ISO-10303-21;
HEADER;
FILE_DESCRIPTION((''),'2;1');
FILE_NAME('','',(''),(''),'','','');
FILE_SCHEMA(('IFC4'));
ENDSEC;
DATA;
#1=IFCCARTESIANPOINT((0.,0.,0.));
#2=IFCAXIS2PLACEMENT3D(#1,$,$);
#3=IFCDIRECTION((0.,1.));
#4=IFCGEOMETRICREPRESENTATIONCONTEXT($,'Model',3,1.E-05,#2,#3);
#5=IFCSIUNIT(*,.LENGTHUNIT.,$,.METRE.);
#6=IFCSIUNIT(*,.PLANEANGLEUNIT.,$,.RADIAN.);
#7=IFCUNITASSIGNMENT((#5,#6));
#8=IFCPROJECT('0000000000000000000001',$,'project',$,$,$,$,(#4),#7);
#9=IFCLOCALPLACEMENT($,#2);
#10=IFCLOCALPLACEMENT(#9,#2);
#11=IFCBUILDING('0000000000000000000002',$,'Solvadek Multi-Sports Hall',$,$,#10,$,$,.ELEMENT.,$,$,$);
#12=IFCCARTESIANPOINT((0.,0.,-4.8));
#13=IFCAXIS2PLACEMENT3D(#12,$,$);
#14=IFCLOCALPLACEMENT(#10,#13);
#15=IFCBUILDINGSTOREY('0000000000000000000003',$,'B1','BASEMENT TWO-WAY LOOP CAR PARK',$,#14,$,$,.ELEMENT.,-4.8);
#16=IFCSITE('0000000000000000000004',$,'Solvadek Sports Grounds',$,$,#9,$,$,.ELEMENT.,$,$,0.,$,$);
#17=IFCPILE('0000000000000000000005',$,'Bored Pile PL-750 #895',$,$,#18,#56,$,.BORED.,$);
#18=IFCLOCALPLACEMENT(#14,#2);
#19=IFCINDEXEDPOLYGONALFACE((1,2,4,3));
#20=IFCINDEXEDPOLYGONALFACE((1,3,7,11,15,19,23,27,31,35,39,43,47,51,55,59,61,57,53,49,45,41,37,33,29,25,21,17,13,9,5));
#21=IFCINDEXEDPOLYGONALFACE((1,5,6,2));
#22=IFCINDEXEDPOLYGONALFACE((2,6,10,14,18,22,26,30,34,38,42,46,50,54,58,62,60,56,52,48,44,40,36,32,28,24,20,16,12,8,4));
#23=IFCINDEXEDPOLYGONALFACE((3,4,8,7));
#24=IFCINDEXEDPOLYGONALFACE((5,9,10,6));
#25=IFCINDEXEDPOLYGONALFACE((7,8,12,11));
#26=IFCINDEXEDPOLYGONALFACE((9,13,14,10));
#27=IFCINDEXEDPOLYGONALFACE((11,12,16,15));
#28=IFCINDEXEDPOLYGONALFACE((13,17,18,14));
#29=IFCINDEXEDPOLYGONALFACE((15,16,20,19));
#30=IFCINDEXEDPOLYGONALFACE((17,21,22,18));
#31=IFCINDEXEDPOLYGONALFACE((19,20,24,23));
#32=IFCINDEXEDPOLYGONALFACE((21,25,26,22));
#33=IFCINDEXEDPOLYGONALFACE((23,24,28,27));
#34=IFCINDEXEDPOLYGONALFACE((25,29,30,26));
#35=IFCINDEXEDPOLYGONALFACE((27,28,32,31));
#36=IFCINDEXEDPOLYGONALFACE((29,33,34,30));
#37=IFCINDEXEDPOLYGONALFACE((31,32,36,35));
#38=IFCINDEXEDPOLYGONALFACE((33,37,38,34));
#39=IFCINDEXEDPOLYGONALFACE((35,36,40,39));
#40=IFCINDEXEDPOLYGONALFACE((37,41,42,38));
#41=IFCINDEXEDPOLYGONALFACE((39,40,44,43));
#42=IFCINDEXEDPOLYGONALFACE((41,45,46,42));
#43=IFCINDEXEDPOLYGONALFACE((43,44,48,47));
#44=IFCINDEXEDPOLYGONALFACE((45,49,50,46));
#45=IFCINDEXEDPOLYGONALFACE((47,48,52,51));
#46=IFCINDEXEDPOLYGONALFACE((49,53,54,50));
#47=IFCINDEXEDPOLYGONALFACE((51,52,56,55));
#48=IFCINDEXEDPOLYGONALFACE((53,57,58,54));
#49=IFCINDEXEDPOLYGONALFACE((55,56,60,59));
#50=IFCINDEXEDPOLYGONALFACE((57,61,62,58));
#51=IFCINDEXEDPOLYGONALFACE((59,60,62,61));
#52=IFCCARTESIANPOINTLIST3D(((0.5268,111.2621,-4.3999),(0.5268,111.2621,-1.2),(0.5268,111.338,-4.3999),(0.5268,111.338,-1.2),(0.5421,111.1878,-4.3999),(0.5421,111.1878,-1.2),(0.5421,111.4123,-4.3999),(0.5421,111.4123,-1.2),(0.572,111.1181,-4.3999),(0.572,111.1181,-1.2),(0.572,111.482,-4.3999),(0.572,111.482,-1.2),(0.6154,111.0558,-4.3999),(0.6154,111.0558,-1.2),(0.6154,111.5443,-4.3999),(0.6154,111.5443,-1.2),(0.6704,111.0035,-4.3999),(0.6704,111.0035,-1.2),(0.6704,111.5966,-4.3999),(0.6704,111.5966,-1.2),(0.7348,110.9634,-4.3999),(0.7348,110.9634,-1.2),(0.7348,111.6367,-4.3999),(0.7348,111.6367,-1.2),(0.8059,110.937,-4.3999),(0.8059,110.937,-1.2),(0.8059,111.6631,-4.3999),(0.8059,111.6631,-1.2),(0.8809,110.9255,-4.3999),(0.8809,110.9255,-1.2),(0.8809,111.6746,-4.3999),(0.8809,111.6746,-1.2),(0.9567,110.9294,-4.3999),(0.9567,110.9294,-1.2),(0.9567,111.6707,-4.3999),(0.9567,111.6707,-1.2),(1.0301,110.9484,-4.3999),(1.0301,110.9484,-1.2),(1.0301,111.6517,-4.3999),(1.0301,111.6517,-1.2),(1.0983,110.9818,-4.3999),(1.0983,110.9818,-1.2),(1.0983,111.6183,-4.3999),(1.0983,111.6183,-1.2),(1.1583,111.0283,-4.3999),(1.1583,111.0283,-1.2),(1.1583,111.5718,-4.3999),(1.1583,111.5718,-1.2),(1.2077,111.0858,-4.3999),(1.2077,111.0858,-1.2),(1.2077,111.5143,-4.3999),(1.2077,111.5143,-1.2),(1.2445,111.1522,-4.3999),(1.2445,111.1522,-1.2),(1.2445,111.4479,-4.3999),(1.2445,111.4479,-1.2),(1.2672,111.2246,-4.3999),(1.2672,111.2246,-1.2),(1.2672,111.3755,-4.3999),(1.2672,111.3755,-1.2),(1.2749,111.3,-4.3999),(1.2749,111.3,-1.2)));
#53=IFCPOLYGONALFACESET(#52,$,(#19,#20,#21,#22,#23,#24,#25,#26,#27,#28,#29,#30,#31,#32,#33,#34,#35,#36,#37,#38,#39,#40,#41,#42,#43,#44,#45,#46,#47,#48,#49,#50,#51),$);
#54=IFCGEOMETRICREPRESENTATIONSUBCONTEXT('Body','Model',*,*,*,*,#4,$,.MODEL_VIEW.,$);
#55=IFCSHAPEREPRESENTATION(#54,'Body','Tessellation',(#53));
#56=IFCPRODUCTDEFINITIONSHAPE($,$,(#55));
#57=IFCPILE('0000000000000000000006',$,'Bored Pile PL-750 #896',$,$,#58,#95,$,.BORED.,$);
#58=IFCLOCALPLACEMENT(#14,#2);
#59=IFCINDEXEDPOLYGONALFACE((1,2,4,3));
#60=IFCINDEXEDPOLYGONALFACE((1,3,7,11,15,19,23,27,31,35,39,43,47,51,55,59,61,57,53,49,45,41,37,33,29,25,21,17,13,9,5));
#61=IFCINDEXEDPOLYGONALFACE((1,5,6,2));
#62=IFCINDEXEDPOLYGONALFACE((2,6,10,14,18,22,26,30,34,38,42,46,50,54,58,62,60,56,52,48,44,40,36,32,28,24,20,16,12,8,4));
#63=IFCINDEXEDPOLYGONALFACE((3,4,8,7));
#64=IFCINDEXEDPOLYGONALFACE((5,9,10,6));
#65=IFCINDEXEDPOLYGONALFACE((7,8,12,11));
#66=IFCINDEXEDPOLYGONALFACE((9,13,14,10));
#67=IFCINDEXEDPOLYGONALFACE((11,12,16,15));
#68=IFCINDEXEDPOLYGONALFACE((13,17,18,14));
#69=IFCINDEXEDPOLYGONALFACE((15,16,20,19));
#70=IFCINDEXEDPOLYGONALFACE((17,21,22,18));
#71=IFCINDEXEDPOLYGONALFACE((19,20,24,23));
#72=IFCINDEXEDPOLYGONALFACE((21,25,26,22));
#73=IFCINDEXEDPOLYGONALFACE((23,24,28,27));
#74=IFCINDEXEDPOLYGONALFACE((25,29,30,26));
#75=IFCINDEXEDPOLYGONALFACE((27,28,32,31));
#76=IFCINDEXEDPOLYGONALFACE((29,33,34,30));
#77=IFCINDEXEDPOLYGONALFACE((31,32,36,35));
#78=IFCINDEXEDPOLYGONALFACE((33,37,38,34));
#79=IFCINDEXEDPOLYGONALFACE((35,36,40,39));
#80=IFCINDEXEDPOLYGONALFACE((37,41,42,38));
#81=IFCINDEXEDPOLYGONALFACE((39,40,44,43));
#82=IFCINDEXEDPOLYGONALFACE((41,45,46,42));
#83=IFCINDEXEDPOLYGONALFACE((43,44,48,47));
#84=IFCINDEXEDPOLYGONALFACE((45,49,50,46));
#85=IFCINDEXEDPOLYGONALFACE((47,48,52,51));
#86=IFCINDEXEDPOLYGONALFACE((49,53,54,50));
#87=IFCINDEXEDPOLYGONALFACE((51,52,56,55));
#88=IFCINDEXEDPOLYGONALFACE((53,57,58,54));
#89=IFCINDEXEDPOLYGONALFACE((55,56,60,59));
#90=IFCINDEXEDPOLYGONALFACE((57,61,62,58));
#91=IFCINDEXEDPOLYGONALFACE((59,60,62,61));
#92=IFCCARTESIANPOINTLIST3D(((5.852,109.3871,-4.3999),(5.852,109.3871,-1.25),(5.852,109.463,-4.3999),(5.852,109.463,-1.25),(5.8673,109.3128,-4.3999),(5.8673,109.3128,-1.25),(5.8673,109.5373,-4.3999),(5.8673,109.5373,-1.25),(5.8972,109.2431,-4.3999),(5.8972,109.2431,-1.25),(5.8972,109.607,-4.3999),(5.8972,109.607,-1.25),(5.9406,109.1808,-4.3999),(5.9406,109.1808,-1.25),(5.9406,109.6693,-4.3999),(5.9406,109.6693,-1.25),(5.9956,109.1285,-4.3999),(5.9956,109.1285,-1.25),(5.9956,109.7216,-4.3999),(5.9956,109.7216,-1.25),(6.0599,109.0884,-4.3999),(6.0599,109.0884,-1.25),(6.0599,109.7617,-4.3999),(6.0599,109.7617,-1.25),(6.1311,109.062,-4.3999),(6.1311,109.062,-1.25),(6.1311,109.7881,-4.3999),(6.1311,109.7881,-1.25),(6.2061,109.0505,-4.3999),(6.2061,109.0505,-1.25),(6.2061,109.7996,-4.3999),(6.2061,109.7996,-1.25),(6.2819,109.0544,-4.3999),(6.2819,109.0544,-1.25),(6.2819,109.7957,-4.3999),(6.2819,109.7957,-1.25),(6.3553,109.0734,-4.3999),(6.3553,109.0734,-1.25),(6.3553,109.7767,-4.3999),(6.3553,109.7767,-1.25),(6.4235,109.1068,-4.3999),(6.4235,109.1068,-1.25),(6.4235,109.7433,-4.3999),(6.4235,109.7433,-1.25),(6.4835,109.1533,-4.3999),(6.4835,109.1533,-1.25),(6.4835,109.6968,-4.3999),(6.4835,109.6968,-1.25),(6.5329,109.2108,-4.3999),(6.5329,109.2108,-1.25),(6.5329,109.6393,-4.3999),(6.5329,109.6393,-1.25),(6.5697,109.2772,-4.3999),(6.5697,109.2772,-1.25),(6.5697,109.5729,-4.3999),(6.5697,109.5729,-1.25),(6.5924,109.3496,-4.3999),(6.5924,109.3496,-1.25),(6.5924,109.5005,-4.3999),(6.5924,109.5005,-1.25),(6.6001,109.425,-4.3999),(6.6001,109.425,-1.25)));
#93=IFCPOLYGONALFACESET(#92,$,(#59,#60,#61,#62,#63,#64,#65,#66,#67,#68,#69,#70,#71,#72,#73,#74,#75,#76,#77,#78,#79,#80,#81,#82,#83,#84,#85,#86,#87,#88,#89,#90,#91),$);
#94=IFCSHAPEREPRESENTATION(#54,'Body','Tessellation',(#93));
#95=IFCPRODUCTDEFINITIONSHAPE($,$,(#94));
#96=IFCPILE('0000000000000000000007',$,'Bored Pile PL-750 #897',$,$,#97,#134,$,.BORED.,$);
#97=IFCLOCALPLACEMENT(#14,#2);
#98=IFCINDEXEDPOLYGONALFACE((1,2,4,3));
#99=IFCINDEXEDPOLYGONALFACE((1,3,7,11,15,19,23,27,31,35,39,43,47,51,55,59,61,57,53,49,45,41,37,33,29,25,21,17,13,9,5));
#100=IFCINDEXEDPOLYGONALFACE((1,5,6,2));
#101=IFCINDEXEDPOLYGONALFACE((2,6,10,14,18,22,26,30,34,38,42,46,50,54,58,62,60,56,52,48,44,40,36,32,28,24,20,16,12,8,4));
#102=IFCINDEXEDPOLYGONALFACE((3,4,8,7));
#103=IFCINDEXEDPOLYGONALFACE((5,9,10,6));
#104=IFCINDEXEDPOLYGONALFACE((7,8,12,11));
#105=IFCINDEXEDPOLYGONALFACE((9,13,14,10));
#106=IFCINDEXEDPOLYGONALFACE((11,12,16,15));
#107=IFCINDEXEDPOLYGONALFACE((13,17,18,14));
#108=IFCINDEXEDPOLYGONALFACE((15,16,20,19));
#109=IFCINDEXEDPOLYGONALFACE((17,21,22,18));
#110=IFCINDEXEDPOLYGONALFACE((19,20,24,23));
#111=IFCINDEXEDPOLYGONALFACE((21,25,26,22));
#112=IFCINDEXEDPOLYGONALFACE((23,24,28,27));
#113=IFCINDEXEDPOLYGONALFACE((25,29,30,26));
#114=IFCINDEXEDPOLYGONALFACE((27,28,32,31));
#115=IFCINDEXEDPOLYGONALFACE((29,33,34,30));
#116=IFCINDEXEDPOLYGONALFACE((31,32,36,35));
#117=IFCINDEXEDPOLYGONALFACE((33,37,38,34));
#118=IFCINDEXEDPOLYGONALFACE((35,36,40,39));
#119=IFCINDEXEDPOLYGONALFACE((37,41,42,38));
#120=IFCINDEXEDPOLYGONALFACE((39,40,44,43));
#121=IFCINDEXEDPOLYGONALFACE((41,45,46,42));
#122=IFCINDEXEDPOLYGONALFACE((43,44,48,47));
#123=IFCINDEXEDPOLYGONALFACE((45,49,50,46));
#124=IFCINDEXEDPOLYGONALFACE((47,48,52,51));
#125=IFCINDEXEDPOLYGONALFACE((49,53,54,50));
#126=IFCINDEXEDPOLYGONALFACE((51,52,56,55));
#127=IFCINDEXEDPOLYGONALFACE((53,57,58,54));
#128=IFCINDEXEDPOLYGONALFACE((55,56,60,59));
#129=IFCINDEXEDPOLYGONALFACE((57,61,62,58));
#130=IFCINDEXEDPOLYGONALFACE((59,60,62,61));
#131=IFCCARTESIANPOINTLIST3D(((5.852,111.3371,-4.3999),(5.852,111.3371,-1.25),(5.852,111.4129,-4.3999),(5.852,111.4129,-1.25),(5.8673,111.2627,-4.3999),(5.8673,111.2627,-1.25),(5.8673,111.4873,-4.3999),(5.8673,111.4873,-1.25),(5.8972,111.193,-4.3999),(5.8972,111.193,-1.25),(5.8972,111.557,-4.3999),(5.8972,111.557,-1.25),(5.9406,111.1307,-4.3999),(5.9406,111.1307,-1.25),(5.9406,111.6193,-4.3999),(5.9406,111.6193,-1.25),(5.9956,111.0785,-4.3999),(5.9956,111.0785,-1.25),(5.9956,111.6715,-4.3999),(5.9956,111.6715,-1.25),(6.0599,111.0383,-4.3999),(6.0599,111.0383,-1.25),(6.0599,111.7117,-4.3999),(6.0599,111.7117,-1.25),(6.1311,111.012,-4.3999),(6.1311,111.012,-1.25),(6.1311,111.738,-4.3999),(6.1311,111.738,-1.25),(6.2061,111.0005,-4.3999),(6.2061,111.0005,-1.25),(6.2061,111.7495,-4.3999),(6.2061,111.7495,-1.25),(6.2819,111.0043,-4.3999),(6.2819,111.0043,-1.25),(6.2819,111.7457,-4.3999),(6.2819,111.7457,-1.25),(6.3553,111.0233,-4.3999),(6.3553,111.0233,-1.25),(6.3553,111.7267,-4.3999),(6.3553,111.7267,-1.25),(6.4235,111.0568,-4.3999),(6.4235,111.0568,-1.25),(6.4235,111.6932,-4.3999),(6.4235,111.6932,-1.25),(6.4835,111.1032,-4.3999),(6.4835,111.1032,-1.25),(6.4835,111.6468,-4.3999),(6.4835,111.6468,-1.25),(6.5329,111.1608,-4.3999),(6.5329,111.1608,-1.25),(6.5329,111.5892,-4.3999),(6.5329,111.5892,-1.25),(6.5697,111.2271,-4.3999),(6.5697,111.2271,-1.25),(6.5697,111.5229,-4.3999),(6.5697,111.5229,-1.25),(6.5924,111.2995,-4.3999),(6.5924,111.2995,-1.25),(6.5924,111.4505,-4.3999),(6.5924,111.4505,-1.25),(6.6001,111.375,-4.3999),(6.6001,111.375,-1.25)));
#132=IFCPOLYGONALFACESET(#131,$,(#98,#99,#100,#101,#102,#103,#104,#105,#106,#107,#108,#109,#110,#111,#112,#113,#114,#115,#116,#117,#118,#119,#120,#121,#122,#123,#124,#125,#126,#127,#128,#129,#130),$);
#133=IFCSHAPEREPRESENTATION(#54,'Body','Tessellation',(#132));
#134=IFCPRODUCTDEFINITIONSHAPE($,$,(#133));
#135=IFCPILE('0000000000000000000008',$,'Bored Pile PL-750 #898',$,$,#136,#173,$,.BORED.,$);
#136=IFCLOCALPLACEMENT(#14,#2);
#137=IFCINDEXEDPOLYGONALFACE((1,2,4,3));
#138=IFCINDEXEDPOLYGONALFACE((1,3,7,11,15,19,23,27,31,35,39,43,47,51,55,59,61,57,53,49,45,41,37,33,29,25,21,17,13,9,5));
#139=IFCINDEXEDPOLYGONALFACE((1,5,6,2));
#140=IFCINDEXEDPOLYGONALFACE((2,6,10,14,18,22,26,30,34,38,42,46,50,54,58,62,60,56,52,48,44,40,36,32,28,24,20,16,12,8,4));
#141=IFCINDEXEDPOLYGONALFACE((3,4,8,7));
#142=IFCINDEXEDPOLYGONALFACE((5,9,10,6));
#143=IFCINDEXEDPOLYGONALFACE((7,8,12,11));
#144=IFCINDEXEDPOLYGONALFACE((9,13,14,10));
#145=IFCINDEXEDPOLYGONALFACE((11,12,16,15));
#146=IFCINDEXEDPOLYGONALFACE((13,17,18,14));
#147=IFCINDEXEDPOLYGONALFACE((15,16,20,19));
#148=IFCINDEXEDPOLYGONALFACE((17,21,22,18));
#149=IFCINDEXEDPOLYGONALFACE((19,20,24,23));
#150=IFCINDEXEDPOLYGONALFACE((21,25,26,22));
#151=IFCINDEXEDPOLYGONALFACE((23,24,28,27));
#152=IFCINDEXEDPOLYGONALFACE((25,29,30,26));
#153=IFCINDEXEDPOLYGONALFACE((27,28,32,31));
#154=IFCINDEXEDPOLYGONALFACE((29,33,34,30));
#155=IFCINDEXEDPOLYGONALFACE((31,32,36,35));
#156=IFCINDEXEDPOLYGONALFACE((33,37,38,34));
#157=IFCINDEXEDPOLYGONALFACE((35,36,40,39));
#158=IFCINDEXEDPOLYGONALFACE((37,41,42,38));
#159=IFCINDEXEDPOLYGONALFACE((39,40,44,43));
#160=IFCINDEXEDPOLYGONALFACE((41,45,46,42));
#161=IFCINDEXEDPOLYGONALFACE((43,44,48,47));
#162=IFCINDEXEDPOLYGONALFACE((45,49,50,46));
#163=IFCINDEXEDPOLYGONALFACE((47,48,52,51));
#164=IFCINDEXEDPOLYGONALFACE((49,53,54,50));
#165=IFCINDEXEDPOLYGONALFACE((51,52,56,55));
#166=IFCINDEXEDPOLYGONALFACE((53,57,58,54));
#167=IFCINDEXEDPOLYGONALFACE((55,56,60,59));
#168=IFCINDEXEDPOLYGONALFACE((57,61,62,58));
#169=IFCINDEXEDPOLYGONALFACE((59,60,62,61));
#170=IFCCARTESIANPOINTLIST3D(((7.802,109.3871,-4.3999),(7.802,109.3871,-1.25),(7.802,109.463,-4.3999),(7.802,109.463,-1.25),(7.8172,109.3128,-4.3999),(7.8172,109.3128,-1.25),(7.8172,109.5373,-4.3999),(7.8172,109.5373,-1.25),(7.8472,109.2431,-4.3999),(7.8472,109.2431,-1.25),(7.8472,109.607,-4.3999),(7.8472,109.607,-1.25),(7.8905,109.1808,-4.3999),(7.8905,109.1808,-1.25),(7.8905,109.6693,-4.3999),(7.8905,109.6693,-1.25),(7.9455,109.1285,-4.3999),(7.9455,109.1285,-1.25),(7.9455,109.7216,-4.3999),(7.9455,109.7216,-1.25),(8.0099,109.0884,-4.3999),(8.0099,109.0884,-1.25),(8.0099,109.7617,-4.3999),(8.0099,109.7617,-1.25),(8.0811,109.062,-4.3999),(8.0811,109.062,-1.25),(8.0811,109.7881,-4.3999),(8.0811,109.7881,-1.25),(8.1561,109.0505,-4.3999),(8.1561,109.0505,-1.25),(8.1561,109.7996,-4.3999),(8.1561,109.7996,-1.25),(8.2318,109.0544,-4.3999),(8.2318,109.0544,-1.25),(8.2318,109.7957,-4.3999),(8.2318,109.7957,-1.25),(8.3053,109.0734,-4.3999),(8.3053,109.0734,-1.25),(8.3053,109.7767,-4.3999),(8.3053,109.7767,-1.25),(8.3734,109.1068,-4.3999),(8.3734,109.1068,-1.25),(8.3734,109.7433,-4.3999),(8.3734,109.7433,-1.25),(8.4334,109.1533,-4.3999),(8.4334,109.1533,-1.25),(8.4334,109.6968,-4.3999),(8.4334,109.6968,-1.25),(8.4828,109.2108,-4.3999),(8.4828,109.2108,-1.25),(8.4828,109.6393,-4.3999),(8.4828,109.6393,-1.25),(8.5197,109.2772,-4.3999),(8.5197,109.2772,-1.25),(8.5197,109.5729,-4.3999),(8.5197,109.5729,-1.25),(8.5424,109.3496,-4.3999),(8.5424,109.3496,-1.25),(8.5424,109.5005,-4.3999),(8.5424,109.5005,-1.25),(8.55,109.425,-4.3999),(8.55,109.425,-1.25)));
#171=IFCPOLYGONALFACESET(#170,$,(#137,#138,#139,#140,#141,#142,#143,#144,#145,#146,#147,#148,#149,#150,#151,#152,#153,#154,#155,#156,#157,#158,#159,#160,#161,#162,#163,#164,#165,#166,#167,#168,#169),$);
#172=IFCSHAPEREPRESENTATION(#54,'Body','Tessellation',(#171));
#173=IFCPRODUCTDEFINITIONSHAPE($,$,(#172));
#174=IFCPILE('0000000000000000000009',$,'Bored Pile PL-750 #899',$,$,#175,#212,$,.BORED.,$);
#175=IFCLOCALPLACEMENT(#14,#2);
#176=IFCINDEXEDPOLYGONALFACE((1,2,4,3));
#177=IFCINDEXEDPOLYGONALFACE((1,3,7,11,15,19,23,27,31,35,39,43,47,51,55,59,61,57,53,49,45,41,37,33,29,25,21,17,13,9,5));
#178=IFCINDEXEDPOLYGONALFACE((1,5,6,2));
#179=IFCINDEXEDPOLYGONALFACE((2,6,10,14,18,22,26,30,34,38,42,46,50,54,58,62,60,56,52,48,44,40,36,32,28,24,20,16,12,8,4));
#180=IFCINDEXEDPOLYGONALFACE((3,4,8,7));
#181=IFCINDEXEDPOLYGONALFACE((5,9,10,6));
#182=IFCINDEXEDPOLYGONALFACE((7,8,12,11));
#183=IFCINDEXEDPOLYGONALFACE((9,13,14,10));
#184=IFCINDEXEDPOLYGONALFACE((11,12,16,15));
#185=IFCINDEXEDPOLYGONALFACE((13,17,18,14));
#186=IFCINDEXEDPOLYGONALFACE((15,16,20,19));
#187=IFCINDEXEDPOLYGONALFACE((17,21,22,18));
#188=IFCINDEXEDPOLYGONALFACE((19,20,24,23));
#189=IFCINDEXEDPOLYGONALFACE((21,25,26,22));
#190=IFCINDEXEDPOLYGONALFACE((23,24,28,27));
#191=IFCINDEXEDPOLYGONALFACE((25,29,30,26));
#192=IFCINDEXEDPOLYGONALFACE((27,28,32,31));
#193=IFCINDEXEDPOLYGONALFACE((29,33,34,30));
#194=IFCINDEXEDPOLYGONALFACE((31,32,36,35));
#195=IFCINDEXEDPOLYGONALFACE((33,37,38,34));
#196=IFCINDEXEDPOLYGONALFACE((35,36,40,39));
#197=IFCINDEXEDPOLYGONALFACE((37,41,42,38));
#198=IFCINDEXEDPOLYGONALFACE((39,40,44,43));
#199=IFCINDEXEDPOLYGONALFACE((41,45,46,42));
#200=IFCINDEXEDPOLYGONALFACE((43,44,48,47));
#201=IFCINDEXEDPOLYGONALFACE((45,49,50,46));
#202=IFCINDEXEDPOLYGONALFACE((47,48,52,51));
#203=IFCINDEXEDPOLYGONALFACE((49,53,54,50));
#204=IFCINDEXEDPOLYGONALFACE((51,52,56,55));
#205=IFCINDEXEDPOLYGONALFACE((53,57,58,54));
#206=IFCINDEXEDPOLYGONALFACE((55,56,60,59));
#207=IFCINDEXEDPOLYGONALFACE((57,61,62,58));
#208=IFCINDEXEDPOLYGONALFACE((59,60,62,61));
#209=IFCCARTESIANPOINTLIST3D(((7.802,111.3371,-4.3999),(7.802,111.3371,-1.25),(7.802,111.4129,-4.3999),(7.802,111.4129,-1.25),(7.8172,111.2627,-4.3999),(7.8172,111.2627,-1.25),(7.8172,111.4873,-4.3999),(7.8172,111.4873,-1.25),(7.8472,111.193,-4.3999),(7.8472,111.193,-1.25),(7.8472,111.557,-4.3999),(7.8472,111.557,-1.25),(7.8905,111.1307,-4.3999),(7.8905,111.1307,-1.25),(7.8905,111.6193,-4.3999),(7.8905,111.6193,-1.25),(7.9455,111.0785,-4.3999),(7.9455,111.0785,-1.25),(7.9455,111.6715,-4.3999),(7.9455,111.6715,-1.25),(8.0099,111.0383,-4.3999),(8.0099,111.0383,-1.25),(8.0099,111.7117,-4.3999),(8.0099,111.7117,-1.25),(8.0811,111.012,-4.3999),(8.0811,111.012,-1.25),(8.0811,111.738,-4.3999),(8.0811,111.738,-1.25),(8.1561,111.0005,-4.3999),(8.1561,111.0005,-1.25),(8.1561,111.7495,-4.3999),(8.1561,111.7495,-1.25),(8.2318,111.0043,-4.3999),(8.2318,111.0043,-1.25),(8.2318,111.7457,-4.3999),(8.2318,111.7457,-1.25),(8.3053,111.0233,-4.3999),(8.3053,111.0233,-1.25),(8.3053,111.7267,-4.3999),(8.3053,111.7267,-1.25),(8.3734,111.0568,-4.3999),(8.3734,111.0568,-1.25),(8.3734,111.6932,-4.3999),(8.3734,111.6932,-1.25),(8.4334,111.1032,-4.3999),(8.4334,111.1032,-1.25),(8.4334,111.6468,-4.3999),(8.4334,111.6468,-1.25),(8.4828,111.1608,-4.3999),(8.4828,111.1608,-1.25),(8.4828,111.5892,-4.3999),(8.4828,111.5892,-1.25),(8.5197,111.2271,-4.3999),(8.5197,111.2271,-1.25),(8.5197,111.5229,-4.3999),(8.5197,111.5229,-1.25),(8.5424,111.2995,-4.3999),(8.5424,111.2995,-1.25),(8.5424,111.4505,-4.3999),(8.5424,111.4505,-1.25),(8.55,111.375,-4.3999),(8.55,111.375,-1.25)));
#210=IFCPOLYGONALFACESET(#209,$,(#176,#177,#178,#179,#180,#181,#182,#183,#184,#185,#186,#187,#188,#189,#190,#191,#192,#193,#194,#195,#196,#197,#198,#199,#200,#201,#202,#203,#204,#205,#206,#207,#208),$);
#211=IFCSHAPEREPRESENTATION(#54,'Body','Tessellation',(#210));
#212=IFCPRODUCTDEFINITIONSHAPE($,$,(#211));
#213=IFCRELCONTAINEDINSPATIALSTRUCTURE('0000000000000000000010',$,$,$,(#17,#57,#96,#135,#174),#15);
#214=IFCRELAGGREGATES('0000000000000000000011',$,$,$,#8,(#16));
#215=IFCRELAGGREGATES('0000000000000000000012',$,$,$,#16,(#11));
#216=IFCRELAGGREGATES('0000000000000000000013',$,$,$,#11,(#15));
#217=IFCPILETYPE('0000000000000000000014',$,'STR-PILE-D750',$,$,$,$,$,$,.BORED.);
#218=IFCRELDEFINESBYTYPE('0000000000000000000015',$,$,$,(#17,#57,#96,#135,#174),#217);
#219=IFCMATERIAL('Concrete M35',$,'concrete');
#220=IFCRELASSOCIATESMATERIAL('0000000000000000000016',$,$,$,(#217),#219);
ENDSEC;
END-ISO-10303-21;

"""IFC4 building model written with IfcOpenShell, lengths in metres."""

from ifc_helpers import new_model, si_unit, direction, frame, origin, origin_2d, place, context, subcontext, project, spatial, circle, extrude, material, material_profile, profile_set, type_object, element, save


model = new_model("IFC4")

# Units and contexts
model_context = context("Model", 3, precision=1e-05, world=origin(), true_north=direction((0.0, 1.0)))
body_context = subcontext(model_context, "Body", "Model", "MODEL_VIEW")
ifc_project = project(units=[si_unit("LENGTHUNIT", "METRE"), si_unit("PLANEANGLEUNIT", "RADIAN")], contexts=[model_context])

# Site, building, storey
site_placement = place(None, origin())
site = spatial("IfcSite", under=ifc_project, at=site_placement, Name="Solvadek Sports Grounds", CompositionType="ELEMENT", RefElevation=0.0)
building_placement = place(site_placement, origin())
building = spatial("IfcBuilding", under=site, at=building_placement, Name="Solvadek Multi-Sports Hall", CompositionType="ELEMENT")
storey_placement = place(building_placement, frame((0.0, 0.0, -4.8)))
storey = spatial("IfcBuildingStorey", under=building, at=storey_placement, Name="B1", Description="BASEMENT TWO-WAY LOOP CAR PARK", CompositionType="ELEMENT", Elevation=-4.8)

# Piles
ifc_material_1 = material(Name="Concrete M35", Category="concrete")
ifc_material_profile_1 = material_profile(ifc_material_1, circle(Radius=0.375, at=origin_2d()), Name="BORED PILE D750")
ifc_profile_set_1 = profile_set([ifc_material_profile_1], Name="Concrete M35")
pile_type = type_object("IfcPileType", Name="STR-PILE-D750", PredefinedType="BORED", material=ifc_profile_set_1)
for number, where, z_axis, x_axis, name in (
    (1, (0.8999, 111.3, -1.2), (0.0, 0.0, -1.0), (1.0, 0.0, 0.0), "Bored Pile PL-750 #895"),
):
    element("IfcPile", number, at=place(storey_placement, frame(where, z_axis=z_axis, x_axis=x_axis)), inside=storey, type_object=pile_type, Name=name, PredefinedType="BORED", context=body_context, shape_type="SweptSolid", body=[
        extrude(circle(Radius=0.375, at=origin_2d()), origin(), (0.0, 0.0, 1.0), 3.2),
    ])
for number, where, z_axis, x_axis, name in (
    (2, (6.2251, 109.425, -1.25), (0.0, 0.0, -1.0), (1.0, 0.0, 0.0), "Bored Pile PL-750 #896"),
    (3, (6.2251, 111.375, -1.25), (0.0, 0.0, -1.0), (1.0, 0.0, 0.0), "Bored Pile PL-750 #897"),
    (4, (8.175, 109.425, -1.25), (0.0, 0.0, -1.0), (1.0, 0.0, 0.0), "Bored Pile PL-750 #898"),
    (5, (8.175, 111.375, -1.25), (0.0, 0.0, -1.0), (1.0, 0.0, 0.0), "Bored Pile PL-750 #899"),
):
    element("IfcPile", number, at=place(storey_placement, frame(where, z_axis=z_axis, x_axis=x_axis)), inside=storey, type_object=pile_type, Name=name, PredefinedType="BORED", context=body_context, shape_type="SweptSolid", body=[
        extrude(circle(Radius=0.375, at=origin_2d()), origin(), (0.0, 0.0, 1.0), 3.1499),
    ])

save(model, "model.ifc")
